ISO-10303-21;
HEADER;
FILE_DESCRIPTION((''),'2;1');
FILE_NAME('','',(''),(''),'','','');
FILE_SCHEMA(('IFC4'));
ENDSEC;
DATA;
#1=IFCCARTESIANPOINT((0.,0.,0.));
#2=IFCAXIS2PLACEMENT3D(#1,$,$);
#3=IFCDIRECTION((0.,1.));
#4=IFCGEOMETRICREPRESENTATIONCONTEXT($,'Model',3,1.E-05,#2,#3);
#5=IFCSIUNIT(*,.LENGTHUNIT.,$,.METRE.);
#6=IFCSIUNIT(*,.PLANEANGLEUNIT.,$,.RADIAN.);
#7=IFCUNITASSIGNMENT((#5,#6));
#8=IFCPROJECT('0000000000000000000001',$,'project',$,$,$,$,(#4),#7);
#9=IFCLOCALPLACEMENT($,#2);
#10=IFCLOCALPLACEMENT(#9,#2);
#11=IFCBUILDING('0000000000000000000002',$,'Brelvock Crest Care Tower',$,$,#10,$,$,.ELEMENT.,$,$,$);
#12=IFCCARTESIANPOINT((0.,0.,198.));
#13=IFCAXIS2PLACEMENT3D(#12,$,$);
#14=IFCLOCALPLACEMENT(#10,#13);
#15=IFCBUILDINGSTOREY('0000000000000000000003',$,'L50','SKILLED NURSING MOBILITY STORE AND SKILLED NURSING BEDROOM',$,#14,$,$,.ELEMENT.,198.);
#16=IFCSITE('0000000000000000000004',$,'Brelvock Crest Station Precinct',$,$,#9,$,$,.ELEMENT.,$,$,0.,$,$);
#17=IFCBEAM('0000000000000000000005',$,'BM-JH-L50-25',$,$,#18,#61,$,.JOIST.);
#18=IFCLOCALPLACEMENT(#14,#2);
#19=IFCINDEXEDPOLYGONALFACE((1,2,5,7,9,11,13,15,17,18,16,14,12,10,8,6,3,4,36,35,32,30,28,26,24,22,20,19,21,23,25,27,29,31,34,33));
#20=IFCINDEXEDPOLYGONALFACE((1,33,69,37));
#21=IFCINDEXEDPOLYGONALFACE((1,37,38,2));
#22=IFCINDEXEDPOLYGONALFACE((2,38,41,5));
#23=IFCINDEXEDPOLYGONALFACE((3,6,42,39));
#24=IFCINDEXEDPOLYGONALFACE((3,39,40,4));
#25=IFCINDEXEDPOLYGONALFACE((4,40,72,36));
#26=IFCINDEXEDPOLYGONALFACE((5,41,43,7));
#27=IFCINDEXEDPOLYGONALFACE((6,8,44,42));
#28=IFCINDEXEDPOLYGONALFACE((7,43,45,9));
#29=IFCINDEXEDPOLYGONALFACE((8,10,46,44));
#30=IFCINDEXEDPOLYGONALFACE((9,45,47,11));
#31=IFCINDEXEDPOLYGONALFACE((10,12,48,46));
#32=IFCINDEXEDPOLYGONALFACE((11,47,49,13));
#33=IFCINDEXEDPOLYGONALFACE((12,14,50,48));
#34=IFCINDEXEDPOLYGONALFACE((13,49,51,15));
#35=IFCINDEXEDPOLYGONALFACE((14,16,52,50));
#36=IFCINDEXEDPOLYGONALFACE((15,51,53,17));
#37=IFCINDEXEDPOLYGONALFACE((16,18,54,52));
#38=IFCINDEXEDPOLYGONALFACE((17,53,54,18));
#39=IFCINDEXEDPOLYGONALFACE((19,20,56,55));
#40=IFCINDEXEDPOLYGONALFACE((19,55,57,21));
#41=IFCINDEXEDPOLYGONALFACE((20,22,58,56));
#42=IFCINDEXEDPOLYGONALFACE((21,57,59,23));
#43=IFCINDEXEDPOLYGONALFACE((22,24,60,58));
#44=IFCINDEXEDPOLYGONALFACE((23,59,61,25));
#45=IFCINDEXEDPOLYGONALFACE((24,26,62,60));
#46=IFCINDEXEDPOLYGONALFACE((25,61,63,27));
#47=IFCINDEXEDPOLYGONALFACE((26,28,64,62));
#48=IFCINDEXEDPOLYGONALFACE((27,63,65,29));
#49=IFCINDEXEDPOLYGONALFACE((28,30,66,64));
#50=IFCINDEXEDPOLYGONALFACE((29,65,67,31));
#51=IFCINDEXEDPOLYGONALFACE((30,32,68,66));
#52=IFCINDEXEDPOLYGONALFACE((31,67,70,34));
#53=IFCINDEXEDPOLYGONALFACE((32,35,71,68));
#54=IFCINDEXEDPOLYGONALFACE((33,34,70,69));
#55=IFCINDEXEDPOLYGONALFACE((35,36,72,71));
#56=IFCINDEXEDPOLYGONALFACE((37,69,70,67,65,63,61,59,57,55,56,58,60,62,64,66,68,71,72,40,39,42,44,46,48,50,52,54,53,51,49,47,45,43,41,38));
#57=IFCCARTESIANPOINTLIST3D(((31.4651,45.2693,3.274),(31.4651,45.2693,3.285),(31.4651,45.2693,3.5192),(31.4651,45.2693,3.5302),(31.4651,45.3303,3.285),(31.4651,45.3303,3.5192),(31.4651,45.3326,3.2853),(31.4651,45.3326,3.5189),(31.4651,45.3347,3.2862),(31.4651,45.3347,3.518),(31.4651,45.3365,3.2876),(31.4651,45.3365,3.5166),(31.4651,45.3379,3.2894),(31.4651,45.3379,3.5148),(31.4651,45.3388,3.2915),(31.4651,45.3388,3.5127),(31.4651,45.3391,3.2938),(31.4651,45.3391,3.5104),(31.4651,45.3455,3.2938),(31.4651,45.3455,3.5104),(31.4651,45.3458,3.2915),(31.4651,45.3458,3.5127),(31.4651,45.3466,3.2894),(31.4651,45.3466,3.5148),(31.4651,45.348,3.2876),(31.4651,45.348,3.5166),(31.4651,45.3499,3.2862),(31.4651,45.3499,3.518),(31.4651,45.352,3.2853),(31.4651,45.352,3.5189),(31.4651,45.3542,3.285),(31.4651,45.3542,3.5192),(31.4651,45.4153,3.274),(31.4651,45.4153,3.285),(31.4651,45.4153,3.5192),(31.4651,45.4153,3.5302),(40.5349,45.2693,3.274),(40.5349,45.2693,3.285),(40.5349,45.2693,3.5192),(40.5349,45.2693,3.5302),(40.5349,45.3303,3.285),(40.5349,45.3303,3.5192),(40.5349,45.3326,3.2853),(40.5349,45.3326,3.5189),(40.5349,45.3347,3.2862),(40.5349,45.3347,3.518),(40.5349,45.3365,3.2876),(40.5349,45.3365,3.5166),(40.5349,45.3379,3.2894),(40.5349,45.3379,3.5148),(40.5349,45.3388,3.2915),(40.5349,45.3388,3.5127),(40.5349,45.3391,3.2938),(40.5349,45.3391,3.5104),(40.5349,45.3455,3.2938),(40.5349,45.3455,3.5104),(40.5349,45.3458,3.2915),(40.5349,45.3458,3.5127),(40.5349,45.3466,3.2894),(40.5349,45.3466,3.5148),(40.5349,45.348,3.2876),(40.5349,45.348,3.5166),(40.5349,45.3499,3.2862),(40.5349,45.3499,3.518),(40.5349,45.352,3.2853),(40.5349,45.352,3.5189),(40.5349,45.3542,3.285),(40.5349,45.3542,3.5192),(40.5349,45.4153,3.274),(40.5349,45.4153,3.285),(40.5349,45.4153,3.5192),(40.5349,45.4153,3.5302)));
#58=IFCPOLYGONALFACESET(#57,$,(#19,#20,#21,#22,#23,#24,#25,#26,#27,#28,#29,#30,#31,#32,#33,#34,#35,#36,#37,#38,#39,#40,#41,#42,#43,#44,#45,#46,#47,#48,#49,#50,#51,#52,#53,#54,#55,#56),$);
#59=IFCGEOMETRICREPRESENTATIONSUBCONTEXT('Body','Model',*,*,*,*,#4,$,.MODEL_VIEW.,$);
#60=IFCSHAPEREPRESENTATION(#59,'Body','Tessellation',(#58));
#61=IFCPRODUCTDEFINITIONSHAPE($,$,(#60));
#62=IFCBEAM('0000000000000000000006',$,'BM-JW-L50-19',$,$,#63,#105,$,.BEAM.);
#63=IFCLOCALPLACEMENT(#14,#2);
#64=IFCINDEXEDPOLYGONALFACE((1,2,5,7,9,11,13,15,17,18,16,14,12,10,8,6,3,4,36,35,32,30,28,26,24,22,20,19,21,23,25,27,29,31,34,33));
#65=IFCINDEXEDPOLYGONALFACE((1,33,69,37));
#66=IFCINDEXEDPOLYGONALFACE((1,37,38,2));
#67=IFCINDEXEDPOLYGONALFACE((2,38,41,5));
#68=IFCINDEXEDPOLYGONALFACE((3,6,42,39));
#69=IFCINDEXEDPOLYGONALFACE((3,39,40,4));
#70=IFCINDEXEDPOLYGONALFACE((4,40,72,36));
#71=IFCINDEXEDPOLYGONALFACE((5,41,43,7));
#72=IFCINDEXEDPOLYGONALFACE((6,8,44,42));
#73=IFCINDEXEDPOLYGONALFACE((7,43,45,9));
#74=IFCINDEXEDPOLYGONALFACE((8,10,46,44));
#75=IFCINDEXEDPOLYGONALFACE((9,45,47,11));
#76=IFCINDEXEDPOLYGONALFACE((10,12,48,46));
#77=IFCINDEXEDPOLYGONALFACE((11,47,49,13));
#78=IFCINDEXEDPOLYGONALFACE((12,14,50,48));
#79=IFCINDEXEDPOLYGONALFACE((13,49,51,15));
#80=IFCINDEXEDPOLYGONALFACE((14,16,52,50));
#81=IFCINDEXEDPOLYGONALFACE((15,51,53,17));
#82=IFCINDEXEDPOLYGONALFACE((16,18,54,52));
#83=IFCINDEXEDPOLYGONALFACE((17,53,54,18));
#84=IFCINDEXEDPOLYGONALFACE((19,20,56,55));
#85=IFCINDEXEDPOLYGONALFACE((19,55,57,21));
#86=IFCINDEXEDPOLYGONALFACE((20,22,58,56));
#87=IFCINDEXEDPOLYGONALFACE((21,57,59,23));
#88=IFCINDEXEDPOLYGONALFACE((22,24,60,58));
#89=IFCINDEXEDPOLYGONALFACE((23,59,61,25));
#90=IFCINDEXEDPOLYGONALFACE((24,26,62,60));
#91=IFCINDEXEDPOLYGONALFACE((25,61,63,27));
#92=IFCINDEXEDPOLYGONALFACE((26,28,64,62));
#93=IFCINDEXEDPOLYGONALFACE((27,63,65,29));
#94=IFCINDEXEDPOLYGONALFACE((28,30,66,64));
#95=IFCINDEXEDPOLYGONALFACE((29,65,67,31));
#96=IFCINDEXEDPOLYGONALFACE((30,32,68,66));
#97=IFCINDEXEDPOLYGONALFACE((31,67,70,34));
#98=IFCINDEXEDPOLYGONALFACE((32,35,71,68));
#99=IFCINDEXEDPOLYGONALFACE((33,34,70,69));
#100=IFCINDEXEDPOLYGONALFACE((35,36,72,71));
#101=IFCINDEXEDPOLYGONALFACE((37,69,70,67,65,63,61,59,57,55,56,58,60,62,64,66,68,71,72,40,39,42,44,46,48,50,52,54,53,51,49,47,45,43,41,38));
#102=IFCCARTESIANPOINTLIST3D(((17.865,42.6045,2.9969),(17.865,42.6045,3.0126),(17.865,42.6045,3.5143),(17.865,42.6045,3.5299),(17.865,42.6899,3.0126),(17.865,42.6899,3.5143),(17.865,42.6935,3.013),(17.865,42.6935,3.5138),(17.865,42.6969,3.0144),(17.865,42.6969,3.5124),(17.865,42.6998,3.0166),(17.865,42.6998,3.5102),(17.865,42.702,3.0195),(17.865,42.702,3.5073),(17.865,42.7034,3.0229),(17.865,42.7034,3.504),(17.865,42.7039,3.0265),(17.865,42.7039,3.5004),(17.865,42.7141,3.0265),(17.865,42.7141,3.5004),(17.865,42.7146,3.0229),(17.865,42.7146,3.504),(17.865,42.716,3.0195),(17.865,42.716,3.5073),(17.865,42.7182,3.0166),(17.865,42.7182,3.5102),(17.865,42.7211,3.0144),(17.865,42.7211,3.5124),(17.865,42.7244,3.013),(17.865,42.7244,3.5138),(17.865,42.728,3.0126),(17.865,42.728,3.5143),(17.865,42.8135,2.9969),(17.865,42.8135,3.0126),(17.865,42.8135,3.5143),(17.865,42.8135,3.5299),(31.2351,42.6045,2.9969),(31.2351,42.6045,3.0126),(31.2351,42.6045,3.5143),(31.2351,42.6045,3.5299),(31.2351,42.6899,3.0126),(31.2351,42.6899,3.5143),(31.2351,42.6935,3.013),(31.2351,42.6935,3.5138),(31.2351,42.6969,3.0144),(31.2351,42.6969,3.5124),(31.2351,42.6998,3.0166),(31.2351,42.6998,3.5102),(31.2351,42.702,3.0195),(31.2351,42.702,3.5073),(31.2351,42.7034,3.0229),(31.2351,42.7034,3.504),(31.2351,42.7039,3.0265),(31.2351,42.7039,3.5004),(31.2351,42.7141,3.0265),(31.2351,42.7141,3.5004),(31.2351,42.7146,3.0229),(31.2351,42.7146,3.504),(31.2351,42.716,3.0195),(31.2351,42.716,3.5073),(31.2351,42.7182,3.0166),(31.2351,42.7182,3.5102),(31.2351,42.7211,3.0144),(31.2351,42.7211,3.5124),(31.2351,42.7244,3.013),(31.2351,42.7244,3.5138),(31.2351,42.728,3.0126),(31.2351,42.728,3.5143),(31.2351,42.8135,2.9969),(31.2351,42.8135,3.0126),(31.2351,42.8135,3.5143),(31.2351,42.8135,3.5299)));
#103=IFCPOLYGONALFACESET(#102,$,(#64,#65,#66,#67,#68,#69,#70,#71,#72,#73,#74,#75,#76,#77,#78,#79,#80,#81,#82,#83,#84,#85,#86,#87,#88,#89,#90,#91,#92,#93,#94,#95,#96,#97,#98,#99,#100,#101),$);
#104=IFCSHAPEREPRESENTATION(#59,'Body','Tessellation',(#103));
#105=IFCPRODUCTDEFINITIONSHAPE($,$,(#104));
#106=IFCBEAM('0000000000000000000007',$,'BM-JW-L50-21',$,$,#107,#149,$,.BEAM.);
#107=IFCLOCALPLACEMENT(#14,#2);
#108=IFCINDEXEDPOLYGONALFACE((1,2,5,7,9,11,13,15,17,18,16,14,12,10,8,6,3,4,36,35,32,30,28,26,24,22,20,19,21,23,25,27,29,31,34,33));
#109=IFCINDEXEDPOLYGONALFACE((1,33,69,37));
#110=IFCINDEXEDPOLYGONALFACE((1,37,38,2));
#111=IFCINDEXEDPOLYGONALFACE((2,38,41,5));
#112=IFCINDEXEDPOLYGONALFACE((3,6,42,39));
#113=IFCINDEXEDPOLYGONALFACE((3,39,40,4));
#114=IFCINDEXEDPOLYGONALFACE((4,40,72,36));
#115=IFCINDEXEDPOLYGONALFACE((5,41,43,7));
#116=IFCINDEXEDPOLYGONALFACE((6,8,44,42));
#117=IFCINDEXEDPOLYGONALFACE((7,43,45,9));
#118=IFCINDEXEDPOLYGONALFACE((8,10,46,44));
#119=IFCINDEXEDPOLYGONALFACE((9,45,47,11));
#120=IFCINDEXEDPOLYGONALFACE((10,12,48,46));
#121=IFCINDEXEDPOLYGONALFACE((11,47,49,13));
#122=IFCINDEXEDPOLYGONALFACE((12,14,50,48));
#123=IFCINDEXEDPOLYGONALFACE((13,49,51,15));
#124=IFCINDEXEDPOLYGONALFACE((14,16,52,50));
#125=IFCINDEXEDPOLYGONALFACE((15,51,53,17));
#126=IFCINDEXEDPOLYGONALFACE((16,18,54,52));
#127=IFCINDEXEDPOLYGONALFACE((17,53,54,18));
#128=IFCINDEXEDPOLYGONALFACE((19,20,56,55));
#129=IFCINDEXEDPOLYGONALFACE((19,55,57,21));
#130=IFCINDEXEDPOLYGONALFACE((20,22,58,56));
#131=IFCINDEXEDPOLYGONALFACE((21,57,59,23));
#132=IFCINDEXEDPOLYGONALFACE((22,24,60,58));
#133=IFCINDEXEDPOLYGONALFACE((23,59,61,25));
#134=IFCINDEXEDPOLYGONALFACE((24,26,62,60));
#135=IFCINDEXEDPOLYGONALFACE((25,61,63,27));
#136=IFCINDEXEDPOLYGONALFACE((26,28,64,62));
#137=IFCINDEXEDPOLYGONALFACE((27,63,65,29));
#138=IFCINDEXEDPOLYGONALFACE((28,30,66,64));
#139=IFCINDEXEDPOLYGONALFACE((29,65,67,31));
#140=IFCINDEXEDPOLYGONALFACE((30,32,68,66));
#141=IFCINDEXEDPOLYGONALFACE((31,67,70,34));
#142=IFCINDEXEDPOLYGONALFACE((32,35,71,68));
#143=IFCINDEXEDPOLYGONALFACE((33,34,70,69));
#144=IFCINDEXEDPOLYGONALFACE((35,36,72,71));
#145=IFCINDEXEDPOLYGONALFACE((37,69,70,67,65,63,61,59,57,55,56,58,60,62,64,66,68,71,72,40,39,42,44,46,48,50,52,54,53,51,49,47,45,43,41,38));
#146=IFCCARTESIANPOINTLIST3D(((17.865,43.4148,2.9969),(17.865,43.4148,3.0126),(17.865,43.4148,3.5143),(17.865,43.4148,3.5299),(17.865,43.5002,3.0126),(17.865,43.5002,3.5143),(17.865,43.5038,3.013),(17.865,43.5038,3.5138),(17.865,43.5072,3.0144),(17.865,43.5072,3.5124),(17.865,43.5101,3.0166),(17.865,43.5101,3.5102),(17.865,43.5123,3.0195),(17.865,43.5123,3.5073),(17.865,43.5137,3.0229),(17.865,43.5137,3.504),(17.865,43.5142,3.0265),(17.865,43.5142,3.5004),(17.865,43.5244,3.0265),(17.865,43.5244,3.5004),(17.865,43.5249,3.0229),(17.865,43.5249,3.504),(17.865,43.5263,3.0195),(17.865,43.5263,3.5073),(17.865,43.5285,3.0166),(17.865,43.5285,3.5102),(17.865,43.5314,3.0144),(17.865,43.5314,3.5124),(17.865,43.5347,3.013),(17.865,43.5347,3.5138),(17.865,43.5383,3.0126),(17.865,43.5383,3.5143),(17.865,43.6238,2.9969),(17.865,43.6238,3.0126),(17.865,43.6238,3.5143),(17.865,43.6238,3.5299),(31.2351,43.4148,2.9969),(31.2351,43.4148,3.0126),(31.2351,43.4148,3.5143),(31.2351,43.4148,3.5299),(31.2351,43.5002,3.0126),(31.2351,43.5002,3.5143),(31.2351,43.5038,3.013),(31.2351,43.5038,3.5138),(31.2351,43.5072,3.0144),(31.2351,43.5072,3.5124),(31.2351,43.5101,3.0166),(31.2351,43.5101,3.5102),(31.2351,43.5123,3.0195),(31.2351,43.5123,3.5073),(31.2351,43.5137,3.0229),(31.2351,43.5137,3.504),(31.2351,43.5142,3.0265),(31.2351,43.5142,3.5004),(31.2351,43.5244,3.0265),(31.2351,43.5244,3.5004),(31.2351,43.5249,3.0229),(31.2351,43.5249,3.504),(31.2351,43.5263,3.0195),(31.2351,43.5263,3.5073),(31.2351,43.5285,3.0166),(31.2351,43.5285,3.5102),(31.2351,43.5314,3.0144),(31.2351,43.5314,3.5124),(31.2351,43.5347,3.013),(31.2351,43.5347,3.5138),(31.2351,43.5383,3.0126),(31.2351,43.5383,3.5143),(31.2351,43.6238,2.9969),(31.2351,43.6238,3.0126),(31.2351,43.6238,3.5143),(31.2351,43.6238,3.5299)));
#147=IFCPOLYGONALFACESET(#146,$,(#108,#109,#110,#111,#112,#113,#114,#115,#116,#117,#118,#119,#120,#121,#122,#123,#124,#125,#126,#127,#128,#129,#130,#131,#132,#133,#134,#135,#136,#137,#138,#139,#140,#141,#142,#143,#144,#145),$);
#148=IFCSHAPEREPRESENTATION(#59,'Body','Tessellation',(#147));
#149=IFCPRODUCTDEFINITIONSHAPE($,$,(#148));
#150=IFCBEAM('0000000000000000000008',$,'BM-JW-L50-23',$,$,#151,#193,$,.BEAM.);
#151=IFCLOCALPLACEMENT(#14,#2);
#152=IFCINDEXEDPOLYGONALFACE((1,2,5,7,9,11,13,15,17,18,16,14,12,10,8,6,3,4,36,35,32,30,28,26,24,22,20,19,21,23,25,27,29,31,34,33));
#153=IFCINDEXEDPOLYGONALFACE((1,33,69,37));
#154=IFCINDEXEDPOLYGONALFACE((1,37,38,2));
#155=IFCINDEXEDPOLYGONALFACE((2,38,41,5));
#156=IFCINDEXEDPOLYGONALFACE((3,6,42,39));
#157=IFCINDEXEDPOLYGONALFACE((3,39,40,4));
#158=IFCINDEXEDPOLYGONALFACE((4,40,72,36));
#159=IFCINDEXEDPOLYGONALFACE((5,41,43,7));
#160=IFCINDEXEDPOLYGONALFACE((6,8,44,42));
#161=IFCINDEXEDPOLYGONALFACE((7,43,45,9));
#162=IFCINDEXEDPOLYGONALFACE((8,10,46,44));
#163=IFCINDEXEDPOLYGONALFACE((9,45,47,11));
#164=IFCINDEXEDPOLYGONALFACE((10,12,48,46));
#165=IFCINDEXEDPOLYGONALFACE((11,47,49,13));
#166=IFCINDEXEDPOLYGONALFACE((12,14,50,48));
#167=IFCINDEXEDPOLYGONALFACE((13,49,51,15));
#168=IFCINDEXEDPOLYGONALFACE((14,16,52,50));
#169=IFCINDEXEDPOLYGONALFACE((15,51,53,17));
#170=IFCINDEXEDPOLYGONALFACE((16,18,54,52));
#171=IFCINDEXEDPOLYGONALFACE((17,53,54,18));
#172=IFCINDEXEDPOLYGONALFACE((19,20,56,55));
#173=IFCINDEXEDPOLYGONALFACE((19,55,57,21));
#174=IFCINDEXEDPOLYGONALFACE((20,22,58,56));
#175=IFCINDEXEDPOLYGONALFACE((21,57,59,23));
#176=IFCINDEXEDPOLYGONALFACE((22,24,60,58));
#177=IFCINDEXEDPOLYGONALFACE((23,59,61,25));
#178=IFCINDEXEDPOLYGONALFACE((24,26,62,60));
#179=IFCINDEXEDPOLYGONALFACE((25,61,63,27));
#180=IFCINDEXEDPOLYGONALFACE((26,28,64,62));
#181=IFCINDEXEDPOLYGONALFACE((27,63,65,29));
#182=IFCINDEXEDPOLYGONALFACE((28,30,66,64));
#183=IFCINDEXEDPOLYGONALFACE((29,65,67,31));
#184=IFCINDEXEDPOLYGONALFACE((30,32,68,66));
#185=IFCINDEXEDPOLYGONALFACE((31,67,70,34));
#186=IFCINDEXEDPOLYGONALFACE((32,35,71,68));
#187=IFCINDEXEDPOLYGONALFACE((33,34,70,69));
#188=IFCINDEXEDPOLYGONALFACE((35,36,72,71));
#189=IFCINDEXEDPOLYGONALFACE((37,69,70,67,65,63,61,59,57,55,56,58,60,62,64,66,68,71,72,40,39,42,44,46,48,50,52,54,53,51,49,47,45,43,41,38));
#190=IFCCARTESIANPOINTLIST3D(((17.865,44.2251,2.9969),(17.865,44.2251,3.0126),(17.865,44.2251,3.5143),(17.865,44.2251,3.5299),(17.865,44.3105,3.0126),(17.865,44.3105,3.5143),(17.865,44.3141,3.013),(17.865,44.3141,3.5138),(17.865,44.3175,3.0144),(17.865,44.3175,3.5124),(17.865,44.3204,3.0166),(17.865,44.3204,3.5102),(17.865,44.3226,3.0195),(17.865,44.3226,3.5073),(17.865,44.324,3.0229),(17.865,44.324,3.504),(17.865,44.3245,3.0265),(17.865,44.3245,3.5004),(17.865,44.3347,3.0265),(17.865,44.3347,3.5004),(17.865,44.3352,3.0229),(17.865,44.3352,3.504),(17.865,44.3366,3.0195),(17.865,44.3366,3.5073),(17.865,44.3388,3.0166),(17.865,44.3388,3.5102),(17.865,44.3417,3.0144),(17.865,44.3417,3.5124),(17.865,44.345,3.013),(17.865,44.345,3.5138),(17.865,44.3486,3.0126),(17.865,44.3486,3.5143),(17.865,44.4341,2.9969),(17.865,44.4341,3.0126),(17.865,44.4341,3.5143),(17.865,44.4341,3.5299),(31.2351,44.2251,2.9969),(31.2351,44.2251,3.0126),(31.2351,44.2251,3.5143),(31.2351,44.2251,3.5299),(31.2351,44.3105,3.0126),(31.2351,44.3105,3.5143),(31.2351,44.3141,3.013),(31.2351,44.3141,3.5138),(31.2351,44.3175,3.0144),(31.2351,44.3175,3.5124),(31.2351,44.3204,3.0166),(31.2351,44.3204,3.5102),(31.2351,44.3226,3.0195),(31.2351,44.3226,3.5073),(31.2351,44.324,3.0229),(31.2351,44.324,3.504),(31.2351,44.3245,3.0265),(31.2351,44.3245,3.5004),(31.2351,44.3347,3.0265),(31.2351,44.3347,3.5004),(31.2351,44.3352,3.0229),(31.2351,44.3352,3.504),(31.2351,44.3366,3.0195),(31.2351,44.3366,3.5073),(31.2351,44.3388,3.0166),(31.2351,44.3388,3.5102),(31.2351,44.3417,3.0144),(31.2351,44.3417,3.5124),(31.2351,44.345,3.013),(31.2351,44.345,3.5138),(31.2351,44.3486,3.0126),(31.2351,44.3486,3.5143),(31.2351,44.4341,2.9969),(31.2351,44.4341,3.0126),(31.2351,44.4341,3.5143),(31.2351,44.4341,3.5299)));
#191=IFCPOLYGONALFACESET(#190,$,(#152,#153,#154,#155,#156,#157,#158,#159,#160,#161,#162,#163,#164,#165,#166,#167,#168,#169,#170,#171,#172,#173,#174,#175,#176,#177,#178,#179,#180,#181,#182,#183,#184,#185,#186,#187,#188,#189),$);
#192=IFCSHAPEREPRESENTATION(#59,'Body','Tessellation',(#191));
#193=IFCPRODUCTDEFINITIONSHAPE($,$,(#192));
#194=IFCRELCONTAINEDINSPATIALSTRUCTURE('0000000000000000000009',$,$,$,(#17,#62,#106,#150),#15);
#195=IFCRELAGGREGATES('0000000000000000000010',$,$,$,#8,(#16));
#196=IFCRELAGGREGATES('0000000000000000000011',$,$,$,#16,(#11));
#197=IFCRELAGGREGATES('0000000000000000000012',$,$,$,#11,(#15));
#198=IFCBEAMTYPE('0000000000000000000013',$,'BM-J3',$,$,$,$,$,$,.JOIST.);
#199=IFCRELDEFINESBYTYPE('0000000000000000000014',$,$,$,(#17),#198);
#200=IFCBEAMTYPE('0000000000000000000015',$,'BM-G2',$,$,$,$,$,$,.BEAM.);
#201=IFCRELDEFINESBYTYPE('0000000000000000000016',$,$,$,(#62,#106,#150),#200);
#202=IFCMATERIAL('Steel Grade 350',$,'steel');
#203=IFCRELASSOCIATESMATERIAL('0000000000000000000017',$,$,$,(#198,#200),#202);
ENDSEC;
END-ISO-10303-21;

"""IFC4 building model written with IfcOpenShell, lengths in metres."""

from ifc_helpers import new_model, si_unit, direction, frame, origin, origin_2d, place, context, subcontext, project, spatial, i_section, extrude, source, transform, mapped, material, material_profile, profile_set, type_object, element, save


model = new_model("IFC4")

# Units and contexts
model_context = context("Model", 3, precision=1e-05, world=origin(), true_north=direction((0.0, 1.0)))
body_context = subcontext(model_context, "Body", "Model", "MODEL_VIEW")
ifc_project = project(units=[si_unit("LENGTHUNIT", "METRE"), si_unit("PLANEANGLEUNIT", "RADIAN")], contexts=[model_context])

# Site, building, storey
site_placement = place(None, origin())
site = spatial("IfcSite", under=ifc_project, at=site_placement, Name="Brelvock Crest Station Precinct", CompositionType="ELEMENT", RefElevation=0.0)
building_placement = place(site_placement, origin())
building = spatial("IfcBuilding", under=site, at=building_placement, Name="Brelvock Crest Care Tower", CompositionType="ELEMENT")
storey_placement = place(building_placement, frame((0.0, 0.0, 198.0)))
storey = spatial("IfcBuildingStorey", under=building, at=storey_placement, Name="L50", Description="SKILLED NURSING MOBILITY STORE AND SKILLED NURSING BEDROOM", CompositionType="ELEMENT", Elevation=198.0)

# Beams
ifc_material_1 = material(Name="Steel Grade 350", Category="steel")
ifc_material_profile_1 = material_profile(ifc_material_1, i_section(OverallWidth=0.146, OverallDepth=0.2561, WebThickness=0.0063, FlangeThickness=0.011, FilletRadius=0.0088, at=origin_2d()), Name="250UB37.3")
ifc_profile_set_1 = profile_set([ifc_material_profile_1], Name="Steel Grade 350")
beam_type_1 = type_object("IfcBeamType", Name="BM-J3", PredefinedType="JOIST", material=ifc_profile_set_1)
shared_shape_1 = source(origin(), body_context, "Body", "SweptSolid", [
    extrude(i_section(OverallWidth=0.146, OverallDepth=0.2561, WebThickness=0.0063, FlangeThickness=0.011, FilletRadius=0.0088, at=origin_2d()), origin(), (0.0, 0.0, 1.0), 9.0698),
])
for number, where, z_axis, x_axis, name in (
    (1, (31.4651, 45.3423, 3.4021), (1.0, 0.0, 0.0), (0.0, 1.0, 0.0), "BM-JH-L50-25"),
):
    element("IfcBeam", number, at=place(storey_placement, frame(where, z_axis=z_axis, x_axis=x_axis)), inside=storey, type_object=beam_type_1, Name=name, PredefinedType="JOIST", context=body_context, shape_type="MappedRepresentation", body=[
        mapped(shared_shape_1, transform((0.0, 0.0, 0.0), x_axis=(1.0, 0.0, 0.0), y_axis=(0.0, 1.0, 0.0), z_axis=(0.0, 0.0, 1.0), scale=1.0)),
    ])
ifc_material_profile_2 = material_profile(ifc_material_1, i_section(OverallWidth=0.209, OverallDepth=0.533, WebThickness=0.0103, FlangeThickness=0.0156, FilletRadius=0.0139, at=origin_2d()), Name="530UB92.4")
ifc_profile_set_2 = profile_set([ifc_material_profile_2], Name="Steel Grade 350")
beam_type_2 = type_object("IfcBeamType", Name="BM-G2", PredefinedType="BEAM", material=ifc_profile_set_2)
shared_shape_2 = source(origin(), body_context, "Body", "SweptSolid", [
    extrude(i_section(OverallWidth=0.209, OverallDepth=0.533, WebThickness=0.0103, FlangeThickness=0.0156, FilletRadius=0.0139, at=origin_2d()), origin(), (0.0, 0.0, 1.0), 13.3701),
])
for number, where, z_axis, x_axis, name in (
    (2, (17.865, 42.709, 3.2634), (1.0, 0.0, 0.0), (0.0, 1.0, 0.0), "BM-JW-L50-19"),
    (3, (17.865, 43.5193, 3.2634), (1.0, 0.0, 0.0), (0.0, 1.0, 0.0), "BM-JW-L50-21"),
    (4, (17.865, 44.3296, 3.2634), (1.0, 0.0, 0.0), (0.0, 1.0, 0.0), "BM-JW-L50-23"),
):
    element("IfcBeam", number, at=place(storey_placement, frame(where, z_axis=z_axis, x_axis=x_axis)), inside=storey, type_object=beam_type_2, Name=name, PredefinedType="BEAM", context=body_context, shape_type="MappedRepresentation", body=[
        mapped(shared_shape_2, transform((0.0, 0.0, 0.0), x_axis=(1.0, 0.0, 0.0), y_axis=(0.0, 1.0, 0.0), z_axis=(0.0, 0.0, 1.0), scale=1.0)),
    ])

save(model, "model.ifc")
